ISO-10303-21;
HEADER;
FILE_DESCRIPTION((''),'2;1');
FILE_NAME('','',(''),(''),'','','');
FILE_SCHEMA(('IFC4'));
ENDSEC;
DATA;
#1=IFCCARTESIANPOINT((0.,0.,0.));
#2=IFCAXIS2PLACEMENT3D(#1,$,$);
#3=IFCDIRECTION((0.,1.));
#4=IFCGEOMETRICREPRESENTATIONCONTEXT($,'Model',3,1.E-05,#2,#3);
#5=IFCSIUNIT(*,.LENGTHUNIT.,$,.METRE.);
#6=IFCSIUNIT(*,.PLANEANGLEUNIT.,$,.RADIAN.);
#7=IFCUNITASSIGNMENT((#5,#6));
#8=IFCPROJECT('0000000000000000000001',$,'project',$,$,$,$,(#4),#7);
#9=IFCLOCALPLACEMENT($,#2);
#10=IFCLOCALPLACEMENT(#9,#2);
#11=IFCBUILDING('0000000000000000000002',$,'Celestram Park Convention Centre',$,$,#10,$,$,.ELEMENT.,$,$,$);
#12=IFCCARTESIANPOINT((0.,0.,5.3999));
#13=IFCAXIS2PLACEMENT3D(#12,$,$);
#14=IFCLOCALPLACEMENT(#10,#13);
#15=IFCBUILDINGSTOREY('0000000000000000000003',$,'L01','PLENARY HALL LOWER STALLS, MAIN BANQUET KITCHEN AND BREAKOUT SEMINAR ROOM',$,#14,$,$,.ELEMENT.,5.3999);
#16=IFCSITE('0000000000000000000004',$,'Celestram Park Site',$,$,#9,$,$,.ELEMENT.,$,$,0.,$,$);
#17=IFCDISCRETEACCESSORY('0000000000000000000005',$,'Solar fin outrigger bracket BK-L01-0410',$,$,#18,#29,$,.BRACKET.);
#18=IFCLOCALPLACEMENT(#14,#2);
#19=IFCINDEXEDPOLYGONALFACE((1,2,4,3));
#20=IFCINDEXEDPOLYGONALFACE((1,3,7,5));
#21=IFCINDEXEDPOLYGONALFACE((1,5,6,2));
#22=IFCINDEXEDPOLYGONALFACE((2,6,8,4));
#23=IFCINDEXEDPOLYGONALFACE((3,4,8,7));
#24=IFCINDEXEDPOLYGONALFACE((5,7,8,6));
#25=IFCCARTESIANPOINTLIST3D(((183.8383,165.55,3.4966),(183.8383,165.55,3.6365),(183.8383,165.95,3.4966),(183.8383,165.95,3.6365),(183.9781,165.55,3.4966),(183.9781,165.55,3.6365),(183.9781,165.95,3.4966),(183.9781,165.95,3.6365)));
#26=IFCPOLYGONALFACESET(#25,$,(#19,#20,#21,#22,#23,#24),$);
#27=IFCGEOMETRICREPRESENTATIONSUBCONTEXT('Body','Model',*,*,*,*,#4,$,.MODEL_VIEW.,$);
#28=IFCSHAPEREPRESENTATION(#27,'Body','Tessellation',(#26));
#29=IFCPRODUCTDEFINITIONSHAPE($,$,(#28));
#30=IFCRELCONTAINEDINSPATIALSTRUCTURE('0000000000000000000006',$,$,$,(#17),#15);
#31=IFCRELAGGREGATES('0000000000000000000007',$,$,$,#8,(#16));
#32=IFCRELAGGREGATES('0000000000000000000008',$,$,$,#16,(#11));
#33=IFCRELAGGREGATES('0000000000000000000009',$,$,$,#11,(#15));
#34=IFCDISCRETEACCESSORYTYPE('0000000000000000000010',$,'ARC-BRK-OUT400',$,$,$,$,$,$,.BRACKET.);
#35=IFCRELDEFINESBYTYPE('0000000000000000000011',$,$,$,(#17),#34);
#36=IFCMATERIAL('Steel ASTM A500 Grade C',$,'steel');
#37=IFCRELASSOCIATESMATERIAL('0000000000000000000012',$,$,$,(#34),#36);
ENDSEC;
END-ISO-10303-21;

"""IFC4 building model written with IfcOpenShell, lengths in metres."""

from ifc_helpers import new_model, si_unit, direction, frame, origin, origin_2d, place, context, subcontext, project, spatial, rectangle, extrude, material, type_object, element, save


model = new_model("IFC4")

# Units and contexts
model_context = context("Model", 3, precision=1e-05, world=origin(), true_north=direction((0.0, 1.0)))
body_context = subcontext(model_context, "Body", "Model", "MODEL_VIEW")
ifc_project = project(units=[si_unit("LENGTHUNIT", "METRE"), si_unit("PLANEANGLEUNIT", "RADIAN")], contexts=[model_context])

# Site, building, storey
site_placement = place(None, origin())
site = spatial("IfcSite", under=ifc_project, at=site_placement, Name="Celestram Park Site", CompositionType="ELEMENT", RefElevation=0.0)
building_placement = place(site_placement, origin())
building = spatial("IfcBuilding", under=site, at=building_placement, Name="Celestram Park Convention Centre", CompositionType="ELEMENT")
storey_placement = place(building_placement, frame((0.0, 0.0, 5.3999)))
storey = spatial("IfcBuildingStorey", under=building, at=storey_placement, Name="L01", Description="PLENARY HALL LOWER STALLS, MAIN BANQUET KITCHEN AND BREAKOUT SEMINAR ROOM", CompositionType="ELEMENT", Elevation=5.3999)

# Shared definitions
ifc_material_1 = material(Name="Steel ASTM A500 Grade C", Category="steel")

# Discrete accessory
discrete_accessory_type = type_object("IfcDiscreteAccessoryType", Name="ARC-BRK-OUT400", PredefinedType="BRACKET", material=ifc_material_1)
for number, where, z_axis, x_axis, name in (
    (1, (183.9082, 165.75, 3.4966), (0.0, 0.0, 1.0), (0.0, 1.0, 0.0), "Solar fin outrigger bracket BK-L01-0410"),
):
    element("IfcDiscreteAccessory", number, at=place(storey_placement, frame(where, z_axis=z_axis, x_axis=x_axis)), inside=storey, type_object=discrete_accessory_type, Name=name, PredefinedType="BRACKET", context=body_context, shape_type="SweptSolid", body=[
        extrude(rectangle(XDim=0.3999, YDim=0.1399, at=origin_2d()), origin(), (0.0, 0.0, 1.0), 0.1399),
    ])

save(model, "model.ifc")
